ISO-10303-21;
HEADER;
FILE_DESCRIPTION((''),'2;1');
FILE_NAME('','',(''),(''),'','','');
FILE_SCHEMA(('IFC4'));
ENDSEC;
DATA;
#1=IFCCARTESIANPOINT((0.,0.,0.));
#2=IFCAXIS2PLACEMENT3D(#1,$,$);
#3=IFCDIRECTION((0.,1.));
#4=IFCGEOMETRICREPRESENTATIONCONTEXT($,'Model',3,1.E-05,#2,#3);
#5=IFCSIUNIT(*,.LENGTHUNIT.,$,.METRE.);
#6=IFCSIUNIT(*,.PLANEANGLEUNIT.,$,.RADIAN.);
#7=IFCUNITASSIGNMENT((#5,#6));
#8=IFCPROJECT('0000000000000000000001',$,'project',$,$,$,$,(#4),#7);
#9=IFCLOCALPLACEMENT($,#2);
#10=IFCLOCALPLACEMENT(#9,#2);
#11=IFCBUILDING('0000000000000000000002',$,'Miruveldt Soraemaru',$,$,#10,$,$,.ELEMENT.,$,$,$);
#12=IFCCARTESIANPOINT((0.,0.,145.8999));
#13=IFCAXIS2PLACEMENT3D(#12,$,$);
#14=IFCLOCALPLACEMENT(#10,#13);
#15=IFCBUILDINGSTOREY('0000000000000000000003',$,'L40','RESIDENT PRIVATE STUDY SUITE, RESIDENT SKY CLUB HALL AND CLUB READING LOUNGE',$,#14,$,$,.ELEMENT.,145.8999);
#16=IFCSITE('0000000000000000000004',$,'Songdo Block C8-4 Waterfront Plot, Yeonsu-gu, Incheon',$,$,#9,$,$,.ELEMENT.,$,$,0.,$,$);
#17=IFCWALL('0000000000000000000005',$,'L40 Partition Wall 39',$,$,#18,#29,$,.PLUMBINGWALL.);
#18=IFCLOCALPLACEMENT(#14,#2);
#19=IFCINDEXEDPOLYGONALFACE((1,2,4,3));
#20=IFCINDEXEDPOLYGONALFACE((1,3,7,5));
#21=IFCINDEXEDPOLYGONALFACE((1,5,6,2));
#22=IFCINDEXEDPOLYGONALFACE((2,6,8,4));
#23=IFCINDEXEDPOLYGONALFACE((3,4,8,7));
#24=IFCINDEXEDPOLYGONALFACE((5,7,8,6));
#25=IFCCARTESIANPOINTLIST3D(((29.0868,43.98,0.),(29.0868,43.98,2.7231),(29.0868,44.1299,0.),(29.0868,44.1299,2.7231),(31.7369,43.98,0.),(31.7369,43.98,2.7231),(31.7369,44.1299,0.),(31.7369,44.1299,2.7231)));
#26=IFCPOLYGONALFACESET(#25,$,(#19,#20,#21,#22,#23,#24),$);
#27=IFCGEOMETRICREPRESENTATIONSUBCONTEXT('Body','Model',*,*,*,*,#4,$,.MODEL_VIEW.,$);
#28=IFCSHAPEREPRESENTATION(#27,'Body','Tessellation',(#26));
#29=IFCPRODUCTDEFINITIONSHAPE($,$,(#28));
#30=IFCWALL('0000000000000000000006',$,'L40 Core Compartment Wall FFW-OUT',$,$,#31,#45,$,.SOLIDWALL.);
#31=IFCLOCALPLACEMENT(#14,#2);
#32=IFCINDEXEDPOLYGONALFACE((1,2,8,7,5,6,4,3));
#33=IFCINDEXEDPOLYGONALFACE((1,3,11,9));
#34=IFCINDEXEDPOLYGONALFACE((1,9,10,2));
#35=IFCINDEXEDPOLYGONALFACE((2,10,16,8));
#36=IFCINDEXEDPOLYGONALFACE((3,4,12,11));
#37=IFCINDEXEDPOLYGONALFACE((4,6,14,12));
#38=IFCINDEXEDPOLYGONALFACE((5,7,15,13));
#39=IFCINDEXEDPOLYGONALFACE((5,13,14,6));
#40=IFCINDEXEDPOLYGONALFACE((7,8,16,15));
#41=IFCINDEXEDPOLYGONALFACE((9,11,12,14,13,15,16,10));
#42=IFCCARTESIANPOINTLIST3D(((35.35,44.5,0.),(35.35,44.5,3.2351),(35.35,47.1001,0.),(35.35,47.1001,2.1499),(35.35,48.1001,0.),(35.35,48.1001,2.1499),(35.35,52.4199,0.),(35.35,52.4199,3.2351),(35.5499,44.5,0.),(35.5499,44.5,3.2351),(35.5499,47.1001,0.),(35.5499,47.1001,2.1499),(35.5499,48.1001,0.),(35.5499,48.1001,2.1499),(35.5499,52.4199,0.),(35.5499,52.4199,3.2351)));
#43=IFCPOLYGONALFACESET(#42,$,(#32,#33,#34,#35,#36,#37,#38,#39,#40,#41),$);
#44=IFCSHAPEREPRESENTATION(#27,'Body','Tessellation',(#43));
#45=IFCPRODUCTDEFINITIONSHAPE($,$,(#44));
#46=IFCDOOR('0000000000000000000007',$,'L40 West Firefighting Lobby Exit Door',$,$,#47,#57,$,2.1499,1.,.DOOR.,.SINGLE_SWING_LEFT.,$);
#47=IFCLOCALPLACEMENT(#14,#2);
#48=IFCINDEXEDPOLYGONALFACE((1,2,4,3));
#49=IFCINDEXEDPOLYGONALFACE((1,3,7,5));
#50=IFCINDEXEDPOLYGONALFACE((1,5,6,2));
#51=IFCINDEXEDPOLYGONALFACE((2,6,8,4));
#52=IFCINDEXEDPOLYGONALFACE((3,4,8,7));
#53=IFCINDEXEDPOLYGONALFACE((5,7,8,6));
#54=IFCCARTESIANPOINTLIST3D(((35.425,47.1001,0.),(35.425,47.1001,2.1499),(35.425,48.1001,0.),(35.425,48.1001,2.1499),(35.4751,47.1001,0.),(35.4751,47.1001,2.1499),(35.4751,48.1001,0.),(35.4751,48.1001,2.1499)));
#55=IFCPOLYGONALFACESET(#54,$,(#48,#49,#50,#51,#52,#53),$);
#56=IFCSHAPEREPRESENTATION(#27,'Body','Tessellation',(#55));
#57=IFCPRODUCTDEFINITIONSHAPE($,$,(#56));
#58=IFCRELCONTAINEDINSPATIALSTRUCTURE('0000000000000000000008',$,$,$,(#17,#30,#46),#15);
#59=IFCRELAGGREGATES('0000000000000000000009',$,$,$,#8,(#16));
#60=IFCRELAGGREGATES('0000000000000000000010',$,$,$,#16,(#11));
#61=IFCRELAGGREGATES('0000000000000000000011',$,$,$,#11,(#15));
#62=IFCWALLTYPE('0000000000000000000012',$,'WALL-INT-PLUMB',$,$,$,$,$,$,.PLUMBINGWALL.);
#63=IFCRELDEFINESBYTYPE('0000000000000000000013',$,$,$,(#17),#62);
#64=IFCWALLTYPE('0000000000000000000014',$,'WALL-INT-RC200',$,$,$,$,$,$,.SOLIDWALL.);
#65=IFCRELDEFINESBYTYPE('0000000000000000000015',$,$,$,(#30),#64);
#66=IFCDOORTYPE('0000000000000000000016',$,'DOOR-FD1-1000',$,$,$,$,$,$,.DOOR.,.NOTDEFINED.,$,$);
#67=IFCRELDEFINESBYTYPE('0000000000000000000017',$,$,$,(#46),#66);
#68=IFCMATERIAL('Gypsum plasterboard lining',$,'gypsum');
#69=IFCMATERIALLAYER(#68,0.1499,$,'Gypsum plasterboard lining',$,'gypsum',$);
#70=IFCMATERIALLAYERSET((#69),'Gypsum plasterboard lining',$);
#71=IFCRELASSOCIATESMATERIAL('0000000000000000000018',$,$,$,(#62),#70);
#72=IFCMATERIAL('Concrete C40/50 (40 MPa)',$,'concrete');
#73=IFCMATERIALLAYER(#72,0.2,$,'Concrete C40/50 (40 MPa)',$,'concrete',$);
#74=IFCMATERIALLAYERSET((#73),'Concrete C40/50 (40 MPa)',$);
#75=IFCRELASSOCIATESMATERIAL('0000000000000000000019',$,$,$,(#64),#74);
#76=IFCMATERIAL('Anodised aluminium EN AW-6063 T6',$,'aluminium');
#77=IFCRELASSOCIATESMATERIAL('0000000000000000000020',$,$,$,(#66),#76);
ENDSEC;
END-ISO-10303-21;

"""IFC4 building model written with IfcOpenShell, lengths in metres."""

from ifc_helpers import new_model, si_unit, direction, frame, frame_2d, origin, place, context, subcontext, project, spatial, rectangle, extrude, material, layer, layer_set, type_object, element, fill, save


model = new_model("IFC4")

# Units and contexts
model_context = context("Model", 3, precision=1e-05, world=origin(), true_north=direction((0.0, 1.0)))
body_context = subcontext(model_context, "Body", "Model", "MODEL_VIEW")
ifc_project = project(units=[si_unit("LENGTHUNIT", "METRE"), si_unit("PLANEANGLEUNIT", "RADIAN")], contexts=[model_context])

# Site, building, storey
site_placement = place(None, origin())
site = spatial("IfcSite", under=ifc_project, at=site_placement, Name="Songdo Block C8-4 Waterfront Plot, Yeonsu-gu, Incheon", CompositionType="ELEMENT", RefElevation=0.0)
building_placement = place(site_placement, origin())
building = spatial("IfcBuilding", under=site, at=building_placement, Name="Miruveldt Soraemaru", CompositionType="ELEMENT")
storey_placement = place(building_placement, frame((0.0, 0.0, 145.8999)))
storey = spatial("IfcBuildingStorey", under=building, at=storey_placement, Name="L40", Description="RESIDENT PRIVATE STUDY SUITE, RESIDENT SKY CLUB HALL AND CLUB READING LOUNGE", CompositionType="ELEMENT", Elevation=145.8999)

# Wall
ifc_material_1 = material(Name="Gypsum plasterboard lining", Category="gypsum")
ifc_layer_1 = layer(ifc_material_1, 0.1499, Name="Gypsum plasterboard lining", Category="gypsum")
ifc_layer_set_1 = layer_set([ifc_layer_1], Name="Gypsum plasterboard lining")
wall_type_1 = type_object("IfcWallType", Name="WALL-INT-PLUMB", PredefinedType="PLUMBINGWALL", material=ifc_layer_set_1)
wall_1_placement = place(storey_placement, frame((31.7371, 44.0549, 0.0), z_axis=(0.0, 0.0, 1.0), x_axis=(-1.0, 0.0, 0.0)))
element("IfcWall", 1, at=wall_1_placement, inside=storey, type_object=wall_type_1, Name="L40 Partition Wall 39", PredefinedType="PLUMBINGWALL", context=body_context, shape_type="SweptSolid", body=[
    extrude(rectangle(XDim=2.6501, YDim=0.1499, at=frame_2d((1.3252, 0.0))), origin(), (0.0, 0.0, 1.0), 2.7231),
])

# Wall, opening, door
ifc_material_2 = material(Name="Concrete C40/50 (40 MPa)", Category="concrete")
ifc_layer_2 = layer(ifc_material_2, 0.2, Name="Concrete C40/50 (40 MPa)", Category="concrete")
ifc_layer_set_2 = layer_set([ifc_layer_2], Name="Concrete C40/50 (40 MPa)")
wall_type_2 = type_object("IfcWallType", Name="WALL-INT-RC200", PredefinedType="SOLIDWALL", material=ifc_layer_set_2)
wall_2_placement = place(storey_placement, frame((35.45, 44.5, 0.0), z_axis=(0.0, 0.0, 1.0), x_axis=(0.0, 1.0, 0.0)))
wall_2 = element("IfcWall", 2, at=wall_2_placement, inside=storey, type_object=wall_type_2, Name="L40 Core Compartment Wall FFW-OUT", PredefinedType="SOLIDWALL", context=body_context, shape_type="SweptSolid", body=[
    extrude(rectangle(XDim=7.9199, YDim=0.2, at=frame_2d((3.96, 0.0))), origin(), (0.0, 0.0, 1.0), 3.2351),
])
opening_1_placement = place(wall_2_placement, frame((2.6001, 0.0, 0.0)))
opening_1 = element("IfcOpeningElement", 3, at=opening_1_placement, cuts=wall_2, PredefinedType="OPENING", context=body_context, shape_type="SweptSolid", body=[
    extrude(rectangle(XDim=1.0, YDim=2.1499, at=frame_2d((0.5, 1.075))), frame((0.0, 0.1099, 0.0), z_axis=(0.0, -1.0, 0.0), x_axis=(1.0, 0.0, 0.0)), (0.0, 0.0, 1.0), 0.22),
])
ifc_material_3 = material(Name="Anodised aluminium EN AW-6063 T6", Category="aluminium")
door_type = type_object("IfcDoorType", Name="DOOR-FD1-1000", OperationType="NOTDEFINED", PredefinedType="DOOR", material=ifc_material_3)
door_1_placement = place(opening_1_placement, origin())
door_1 = element("IfcDoor", 4, at=door_1_placement, inside=storey, type_object=door_type, Name="L40 West Firefighting Lobby Exit Door", OperationType="SINGLE_SWING_LEFT", OverallHeight=2.1499, OverallWidth=1.0, PredefinedType="DOOR", context=body_context, shape_type="SweptSolid", body=[
    extrude(rectangle(XDim=1.0, YDim=2.1499, at=frame_2d((0.5, 1.075))), frame((0.0, 0.0249, 0.0), z_axis=(0.0, -1.0, 0.0), x_axis=(1.0, 0.0, 0.0)), (0.0, 0.0, 1.0), 0.05),
])
fill(opening_1, door_1)

save(model, "model.ifc")
